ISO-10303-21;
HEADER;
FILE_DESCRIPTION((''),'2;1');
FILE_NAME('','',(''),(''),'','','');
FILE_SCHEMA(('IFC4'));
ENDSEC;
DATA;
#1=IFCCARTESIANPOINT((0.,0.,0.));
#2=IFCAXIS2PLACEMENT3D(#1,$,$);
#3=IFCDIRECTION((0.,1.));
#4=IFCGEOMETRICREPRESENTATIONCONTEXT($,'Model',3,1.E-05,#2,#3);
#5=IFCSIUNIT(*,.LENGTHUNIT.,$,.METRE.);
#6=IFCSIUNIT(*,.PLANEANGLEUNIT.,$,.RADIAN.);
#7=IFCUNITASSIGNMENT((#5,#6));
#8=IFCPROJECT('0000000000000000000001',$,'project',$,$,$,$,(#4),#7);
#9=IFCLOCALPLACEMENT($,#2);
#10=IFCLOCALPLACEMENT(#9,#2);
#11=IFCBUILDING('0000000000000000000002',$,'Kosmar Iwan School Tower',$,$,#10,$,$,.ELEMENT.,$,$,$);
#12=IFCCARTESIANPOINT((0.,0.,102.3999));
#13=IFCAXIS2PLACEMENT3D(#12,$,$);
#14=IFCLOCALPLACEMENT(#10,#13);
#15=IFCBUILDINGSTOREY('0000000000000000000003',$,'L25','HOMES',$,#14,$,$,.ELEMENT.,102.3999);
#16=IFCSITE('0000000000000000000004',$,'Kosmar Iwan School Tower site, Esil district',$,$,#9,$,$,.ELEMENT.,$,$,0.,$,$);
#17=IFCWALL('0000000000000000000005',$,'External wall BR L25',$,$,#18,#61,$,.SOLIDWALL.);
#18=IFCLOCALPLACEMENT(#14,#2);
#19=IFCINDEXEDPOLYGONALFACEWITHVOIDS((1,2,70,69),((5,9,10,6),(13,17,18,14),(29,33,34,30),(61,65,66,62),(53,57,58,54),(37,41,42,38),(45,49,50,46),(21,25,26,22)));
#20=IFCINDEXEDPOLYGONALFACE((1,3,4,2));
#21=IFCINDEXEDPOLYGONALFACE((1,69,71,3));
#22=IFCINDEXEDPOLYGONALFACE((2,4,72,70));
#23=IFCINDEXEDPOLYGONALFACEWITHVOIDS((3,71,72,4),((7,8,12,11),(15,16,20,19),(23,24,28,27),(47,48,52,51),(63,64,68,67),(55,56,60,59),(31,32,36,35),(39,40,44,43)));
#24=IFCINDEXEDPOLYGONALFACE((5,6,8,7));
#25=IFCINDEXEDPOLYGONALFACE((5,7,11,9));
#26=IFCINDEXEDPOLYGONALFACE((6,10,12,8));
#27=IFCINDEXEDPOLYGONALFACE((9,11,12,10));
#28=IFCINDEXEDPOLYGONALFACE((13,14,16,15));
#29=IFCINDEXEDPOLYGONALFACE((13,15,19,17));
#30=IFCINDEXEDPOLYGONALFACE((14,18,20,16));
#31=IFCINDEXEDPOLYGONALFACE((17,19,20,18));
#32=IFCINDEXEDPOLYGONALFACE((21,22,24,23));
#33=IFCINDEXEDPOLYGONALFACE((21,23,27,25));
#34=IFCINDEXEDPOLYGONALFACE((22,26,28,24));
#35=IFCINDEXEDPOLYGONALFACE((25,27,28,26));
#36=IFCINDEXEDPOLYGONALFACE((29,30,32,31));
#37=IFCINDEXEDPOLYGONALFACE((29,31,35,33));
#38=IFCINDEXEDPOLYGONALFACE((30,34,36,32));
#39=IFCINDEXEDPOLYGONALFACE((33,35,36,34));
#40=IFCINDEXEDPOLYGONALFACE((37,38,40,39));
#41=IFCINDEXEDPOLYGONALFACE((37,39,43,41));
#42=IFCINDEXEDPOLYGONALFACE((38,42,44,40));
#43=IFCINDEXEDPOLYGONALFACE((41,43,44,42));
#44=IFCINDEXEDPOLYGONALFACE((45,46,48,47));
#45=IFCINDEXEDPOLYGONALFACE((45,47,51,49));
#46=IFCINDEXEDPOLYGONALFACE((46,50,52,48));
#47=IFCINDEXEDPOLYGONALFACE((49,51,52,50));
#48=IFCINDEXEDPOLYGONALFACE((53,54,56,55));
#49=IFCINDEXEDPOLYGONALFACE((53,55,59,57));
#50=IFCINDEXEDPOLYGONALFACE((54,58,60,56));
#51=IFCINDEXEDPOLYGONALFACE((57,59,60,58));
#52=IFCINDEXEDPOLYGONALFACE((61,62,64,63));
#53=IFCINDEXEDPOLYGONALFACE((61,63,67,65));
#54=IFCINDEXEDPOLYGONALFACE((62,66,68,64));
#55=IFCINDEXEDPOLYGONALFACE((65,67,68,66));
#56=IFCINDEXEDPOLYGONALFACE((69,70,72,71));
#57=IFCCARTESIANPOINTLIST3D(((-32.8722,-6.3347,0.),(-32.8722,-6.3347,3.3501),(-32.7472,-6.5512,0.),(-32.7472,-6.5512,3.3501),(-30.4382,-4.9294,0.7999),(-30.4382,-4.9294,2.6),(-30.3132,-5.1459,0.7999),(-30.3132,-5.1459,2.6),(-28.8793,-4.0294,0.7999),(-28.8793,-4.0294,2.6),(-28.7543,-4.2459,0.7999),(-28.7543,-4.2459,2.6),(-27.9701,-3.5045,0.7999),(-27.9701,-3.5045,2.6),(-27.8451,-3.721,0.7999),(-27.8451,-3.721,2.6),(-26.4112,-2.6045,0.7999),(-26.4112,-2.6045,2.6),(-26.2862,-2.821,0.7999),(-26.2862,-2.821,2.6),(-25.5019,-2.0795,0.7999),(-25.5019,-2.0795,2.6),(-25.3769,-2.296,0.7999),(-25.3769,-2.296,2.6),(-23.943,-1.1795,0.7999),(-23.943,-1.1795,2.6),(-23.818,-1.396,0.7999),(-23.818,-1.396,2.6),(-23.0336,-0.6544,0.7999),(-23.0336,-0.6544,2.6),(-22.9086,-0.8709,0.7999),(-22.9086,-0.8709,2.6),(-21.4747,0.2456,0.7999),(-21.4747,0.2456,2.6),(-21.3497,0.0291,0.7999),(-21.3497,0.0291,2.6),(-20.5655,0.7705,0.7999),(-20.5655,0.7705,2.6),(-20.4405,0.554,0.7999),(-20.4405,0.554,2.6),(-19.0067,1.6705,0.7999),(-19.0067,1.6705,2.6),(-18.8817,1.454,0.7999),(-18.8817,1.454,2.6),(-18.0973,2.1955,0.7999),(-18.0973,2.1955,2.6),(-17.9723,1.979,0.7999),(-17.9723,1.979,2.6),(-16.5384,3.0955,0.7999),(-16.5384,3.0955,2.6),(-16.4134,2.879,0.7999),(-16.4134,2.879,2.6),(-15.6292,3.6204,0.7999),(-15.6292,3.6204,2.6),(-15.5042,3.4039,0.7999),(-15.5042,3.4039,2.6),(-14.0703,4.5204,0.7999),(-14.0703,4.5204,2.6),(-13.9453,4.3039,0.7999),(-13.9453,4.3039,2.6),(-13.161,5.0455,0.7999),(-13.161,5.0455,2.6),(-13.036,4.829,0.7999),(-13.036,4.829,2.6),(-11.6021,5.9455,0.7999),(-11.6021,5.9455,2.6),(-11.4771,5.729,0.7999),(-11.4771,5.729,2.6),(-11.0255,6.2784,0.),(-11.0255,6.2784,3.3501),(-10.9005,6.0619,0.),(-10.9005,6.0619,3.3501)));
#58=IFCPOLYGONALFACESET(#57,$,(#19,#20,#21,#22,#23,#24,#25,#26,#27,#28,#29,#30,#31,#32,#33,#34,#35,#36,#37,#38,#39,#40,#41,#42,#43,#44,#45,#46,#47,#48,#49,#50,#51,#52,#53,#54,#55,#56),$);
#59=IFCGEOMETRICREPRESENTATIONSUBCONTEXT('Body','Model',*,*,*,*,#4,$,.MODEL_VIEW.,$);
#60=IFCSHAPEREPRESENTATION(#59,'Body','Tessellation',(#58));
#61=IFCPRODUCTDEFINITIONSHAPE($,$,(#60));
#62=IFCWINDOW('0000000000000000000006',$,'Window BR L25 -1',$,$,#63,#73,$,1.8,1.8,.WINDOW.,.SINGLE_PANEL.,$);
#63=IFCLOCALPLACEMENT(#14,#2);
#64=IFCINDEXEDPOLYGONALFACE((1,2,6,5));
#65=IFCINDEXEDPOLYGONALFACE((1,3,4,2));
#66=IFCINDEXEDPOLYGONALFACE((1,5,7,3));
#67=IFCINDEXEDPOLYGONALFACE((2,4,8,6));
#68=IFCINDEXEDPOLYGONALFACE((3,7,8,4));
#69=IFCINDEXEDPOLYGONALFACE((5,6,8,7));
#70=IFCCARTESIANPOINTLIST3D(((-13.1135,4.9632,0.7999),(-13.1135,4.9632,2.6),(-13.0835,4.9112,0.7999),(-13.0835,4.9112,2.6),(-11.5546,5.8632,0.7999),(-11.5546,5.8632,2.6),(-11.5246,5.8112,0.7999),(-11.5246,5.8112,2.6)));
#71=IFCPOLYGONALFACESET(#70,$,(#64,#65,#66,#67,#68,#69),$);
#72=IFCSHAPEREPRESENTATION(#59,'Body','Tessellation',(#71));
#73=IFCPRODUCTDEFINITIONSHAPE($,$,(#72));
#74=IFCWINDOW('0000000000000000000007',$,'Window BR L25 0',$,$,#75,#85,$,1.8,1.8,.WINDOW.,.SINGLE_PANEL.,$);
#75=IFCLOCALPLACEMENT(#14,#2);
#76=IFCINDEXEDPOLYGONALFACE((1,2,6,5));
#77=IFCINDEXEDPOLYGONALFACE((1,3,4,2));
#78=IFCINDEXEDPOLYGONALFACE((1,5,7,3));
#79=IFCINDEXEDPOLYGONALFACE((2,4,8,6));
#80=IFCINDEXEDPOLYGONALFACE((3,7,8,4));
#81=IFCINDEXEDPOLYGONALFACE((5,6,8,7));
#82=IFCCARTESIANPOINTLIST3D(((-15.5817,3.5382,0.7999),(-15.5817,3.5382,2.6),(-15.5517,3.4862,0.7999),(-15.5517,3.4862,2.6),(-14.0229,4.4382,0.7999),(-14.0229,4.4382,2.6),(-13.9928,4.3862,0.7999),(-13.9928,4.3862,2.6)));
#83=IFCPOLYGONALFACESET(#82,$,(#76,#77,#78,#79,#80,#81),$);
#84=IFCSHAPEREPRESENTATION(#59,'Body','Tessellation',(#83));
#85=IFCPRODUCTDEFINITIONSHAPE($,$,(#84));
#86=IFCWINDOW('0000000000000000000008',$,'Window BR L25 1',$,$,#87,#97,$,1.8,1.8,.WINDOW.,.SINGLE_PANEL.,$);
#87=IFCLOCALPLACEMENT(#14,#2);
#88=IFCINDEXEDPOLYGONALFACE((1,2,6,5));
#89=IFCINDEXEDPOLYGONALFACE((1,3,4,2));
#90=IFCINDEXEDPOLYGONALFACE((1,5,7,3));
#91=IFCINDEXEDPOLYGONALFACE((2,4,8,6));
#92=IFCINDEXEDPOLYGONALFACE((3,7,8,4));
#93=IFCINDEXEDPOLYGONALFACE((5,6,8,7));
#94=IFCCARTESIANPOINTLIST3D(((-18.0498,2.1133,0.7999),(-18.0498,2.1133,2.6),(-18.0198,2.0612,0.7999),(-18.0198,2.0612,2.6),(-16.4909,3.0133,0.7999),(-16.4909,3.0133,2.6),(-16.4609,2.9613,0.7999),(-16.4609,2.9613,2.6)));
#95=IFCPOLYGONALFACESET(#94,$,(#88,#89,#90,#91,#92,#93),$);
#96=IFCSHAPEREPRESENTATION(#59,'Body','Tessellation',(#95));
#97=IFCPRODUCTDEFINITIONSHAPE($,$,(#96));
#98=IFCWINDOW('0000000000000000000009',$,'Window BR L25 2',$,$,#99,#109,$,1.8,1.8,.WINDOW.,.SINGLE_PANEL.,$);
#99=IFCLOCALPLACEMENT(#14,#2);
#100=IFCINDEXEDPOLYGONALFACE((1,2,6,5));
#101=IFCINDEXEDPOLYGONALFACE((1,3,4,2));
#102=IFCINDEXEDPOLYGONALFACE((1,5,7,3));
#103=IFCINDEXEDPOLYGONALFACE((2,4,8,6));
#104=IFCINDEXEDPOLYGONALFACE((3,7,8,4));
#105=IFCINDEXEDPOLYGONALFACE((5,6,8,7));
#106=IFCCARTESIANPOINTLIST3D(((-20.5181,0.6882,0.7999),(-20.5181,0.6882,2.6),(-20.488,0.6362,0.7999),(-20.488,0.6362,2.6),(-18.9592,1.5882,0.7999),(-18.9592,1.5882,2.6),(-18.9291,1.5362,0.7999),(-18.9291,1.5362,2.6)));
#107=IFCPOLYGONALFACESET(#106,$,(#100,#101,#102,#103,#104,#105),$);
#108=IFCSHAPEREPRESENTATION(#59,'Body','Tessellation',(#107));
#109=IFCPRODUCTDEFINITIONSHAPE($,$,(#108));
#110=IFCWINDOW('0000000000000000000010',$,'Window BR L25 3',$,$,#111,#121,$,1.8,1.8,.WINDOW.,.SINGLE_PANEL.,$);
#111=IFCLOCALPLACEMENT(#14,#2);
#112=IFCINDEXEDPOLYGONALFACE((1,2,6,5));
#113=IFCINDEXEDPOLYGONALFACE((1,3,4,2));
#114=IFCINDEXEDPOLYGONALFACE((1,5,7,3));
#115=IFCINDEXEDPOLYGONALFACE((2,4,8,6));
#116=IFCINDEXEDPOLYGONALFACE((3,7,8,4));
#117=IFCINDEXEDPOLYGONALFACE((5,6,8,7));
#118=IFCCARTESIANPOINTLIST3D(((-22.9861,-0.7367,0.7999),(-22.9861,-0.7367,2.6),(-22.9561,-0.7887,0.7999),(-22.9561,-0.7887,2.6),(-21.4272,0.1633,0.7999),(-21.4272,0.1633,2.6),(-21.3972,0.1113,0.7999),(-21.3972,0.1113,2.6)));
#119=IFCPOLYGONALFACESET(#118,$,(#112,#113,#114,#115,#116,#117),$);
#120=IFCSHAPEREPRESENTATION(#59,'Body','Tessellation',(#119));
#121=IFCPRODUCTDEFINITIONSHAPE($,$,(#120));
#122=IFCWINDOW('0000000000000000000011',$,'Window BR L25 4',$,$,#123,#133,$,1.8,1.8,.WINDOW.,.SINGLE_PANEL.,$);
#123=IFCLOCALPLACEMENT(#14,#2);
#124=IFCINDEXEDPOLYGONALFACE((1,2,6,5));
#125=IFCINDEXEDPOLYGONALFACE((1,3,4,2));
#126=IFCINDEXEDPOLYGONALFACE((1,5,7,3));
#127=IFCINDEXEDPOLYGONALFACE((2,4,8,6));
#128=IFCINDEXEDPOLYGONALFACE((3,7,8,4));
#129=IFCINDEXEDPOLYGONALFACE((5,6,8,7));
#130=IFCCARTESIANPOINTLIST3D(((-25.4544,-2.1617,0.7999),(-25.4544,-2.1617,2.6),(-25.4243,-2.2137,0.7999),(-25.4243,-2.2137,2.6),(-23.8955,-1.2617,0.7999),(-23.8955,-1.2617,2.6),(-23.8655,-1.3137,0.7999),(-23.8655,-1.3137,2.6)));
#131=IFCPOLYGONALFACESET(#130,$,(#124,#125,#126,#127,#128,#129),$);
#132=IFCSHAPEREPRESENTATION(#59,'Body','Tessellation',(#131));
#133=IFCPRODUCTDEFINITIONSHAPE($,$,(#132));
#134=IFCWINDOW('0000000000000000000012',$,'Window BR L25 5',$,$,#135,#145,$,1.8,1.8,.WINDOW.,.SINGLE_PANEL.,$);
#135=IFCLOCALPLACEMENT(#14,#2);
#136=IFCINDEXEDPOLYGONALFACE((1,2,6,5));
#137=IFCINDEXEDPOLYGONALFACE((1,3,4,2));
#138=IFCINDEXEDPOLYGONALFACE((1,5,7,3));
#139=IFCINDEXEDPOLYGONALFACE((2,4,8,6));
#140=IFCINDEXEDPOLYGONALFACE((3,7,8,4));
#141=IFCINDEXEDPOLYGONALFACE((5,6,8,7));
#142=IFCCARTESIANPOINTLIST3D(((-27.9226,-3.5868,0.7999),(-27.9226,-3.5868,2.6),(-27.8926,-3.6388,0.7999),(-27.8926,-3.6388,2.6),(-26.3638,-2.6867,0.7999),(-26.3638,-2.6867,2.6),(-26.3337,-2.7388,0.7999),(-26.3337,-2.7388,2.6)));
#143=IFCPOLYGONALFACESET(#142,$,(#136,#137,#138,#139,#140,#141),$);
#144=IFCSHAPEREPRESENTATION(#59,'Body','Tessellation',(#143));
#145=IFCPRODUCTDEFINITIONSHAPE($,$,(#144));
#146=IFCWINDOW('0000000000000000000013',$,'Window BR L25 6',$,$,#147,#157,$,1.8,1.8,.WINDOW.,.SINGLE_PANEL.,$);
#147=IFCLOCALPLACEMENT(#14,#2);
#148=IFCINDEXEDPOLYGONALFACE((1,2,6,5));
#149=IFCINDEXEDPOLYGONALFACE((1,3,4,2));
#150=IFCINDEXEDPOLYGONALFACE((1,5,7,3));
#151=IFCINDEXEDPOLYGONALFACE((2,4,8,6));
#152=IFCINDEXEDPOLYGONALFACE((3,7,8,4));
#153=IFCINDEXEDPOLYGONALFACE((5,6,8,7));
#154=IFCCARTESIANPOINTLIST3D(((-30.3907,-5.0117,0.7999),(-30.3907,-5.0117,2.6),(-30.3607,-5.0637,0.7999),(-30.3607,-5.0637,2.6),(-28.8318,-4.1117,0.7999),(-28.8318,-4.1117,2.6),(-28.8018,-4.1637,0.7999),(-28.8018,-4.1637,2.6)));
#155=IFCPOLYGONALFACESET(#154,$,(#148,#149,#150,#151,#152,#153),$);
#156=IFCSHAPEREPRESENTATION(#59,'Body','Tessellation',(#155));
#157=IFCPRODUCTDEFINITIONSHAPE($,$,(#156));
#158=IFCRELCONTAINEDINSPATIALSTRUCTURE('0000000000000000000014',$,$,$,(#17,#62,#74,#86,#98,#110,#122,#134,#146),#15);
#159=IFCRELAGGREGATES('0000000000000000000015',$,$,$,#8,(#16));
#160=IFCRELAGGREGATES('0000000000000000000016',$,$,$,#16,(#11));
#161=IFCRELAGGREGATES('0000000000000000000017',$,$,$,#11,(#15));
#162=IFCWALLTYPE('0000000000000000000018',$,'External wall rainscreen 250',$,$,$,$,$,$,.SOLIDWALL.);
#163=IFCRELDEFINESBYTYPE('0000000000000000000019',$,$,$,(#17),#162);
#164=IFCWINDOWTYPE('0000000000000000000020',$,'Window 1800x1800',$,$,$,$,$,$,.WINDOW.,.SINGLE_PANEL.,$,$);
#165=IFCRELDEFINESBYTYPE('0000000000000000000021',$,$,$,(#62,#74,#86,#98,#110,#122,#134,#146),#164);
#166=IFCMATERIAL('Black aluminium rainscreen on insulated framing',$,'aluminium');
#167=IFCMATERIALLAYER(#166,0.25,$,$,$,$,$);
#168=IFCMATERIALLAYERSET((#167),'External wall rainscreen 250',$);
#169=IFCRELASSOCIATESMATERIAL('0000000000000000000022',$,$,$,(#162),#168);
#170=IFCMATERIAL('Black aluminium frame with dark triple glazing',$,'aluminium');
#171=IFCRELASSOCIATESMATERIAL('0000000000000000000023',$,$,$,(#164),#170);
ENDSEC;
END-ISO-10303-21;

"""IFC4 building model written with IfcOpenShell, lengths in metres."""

from ifc_helpers import new_model, si_unit, direction, frame, frame_2d, origin, place, context, subcontext, project, spatial, rectangle, extrude, material, layer, layer_set, type_object, element, fill, save


model = new_model("IFC4")

# Units and contexts
model_context = context("Model", 3, precision=1e-05, world=origin(), true_north=direction((0.0, 1.0)))
body_context = subcontext(model_context, "Body", "Model", "MODEL_VIEW")
ifc_project = project(units=[si_unit("LENGTHUNIT", "METRE"), si_unit("PLANEANGLEUNIT", "RADIAN")], contexts=[model_context])

# Site, building, storey
site_placement = place(None, origin())
site = spatial("IfcSite", under=ifc_project, at=site_placement, Name="Kosmar Iwan School Tower site, Esil district", CompositionType="ELEMENT", RefElevation=0.0)
building_placement = place(site_placement, origin())
building = spatial("IfcBuilding", under=site, at=building_placement, Name="Kosmar Iwan School Tower", CompositionType="ELEMENT")
storey_placement = place(building_placement, frame((0.0, 0.0, 102.3999)))
storey = spatial("IfcBuildingStorey", under=building, at=storey_placement, Name="L25", Description="HOMES", CompositionType="ELEMENT", Elevation=102.3999)

# Wall, openings, windows
ifc_material_1 = material(Name="Black aluminium rainscreen on insulated framing", Category="aluminium")
ifc_layer = layer(ifc_material_1, 0.25)
ifc_layer_set = layer_set([ifc_layer], Name="External wall rainscreen 250")
wall_type = type_object("IfcWallType", Name="External wall rainscreen 250", PredefinedType="SOLIDWALL", material=ifc_layer_set)
ifc_material_2 = material(Name="Black aluminium frame with dark triple glazing", Category="aluminium")
window_type = type_object("IfcWindowType", Name="Window 1800x1800", PartitioningType="SINGLE_PANEL", PredefinedType="WINDOW", material=ifc_material_2)
wall_1_placement = place(storey_placement, frame((-10.9629, 6.1702, 0.0), z_axis=(0.0, 0.0, 1.0), x_axis=(-0.866028, -0.499996, 0.0)))
wall_1 = element("IfcWall", 1, at=wall_1_placement, inside=storey, type_object=wall_type, Name="External wall BR L25", PredefinedType="SOLIDWALL", context=body_context, shape_type="SweptSolid", body=[
    extrude(rectangle(XDim=25.2263, YDim=0.25, at=frame_2d((12.6133, 0.0))), origin(), (0.0, 0.0, 1.0), 3.3501),
])
opening_1_placement = place(wall_1_placement, frame((0.666, 0.0, 0.8)))
opening_1 = element("IfcOpeningElement", 2, at=opening_1_placement, cuts=wall_1, PredefinedType="OPENING", context=body_context, shape_type="SweptSolid", body=[
    extrude(rectangle(XDim=1.8, YDim=1.8, at=frame_2d((0.8999, 0.8999))), frame((0.0, 0.137, 0.0), z_axis=(0.0, -1.0, 0.0), x_axis=(1.0, 0.0, 0.0)), (0.0, 0.0, 1.0), 0.2739),
])
opening_2_placement = place(wall_1_placement, frame((3.5161, 0.0, 0.8)))
opening_2 = element("IfcOpeningElement", 3, at=opening_2_placement, cuts=wall_1, PredefinedType="OPENING", context=body_context, shape_type="SweptSolid", body=[
    extrude(rectangle(XDim=1.8, YDim=1.8, at=frame_2d((0.8999, 0.8999))), frame((0.0, 0.137, 0.0), z_axis=(0.0, -1.0, 0.0), x_axis=(1.0, 0.0, 0.0)), (0.0, 0.0, 1.0), 0.2739),
])
opening_3_placement = place(wall_1_placement, frame((6.366, 0.0, 0.8)))
opening_3 = element("IfcOpeningElement", 4, at=opening_3_placement, cuts=wall_1, PredefinedType="OPENING", context=body_context, shape_type="SweptSolid", body=[
    extrude(rectangle(XDim=1.8, YDim=1.8, at=frame_2d((0.8999, 0.8999))), frame((0.0, 0.137, 0.0), z_axis=(0.0, -1.0, 0.0), x_axis=(1.0, 0.0, 0.0)), (0.0, 0.0, 1.0), 0.2739),
])
opening_4_placement = place(wall_1_placement, frame((9.2161, 0.0, 0.8)))
opening_4 = element("IfcOpeningElement", 5, at=opening_4_placement, cuts=wall_1, PredefinedType="OPENING", context=body_context, shape_type="SweptSolid", body=[
    extrude(rectangle(XDim=1.8, YDim=1.8, at=frame_2d((0.8999, 0.8999))), frame((0.0, 0.137, 0.0), z_axis=(0.0, -1.0, 0.0), x_axis=(1.0, 0.0, 0.0)), (0.0, 0.0, 1.0), 0.2739),
])
opening_5_placement = place(wall_1_placement, frame((12.0659, 0.0, 0.8)))
opening_5 = element("IfcOpeningElement", 6, at=opening_5_placement, cuts=wall_1, PredefinedType="OPENING", context=body_context, shape_type="SweptSolid", body=[
    extrude(rectangle(XDim=1.8, YDim=1.8, at=frame_2d((0.8999, 0.8999))), frame((0.0, 0.137, 0.0), z_axis=(0.0, -1.0, 0.0), x_axis=(1.0, 0.0, 0.0)), (0.0, 0.0, 1.0), 0.2739),
])
opening_6_placement = place(wall_1_placement, frame((14.916, 0.0, 0.8)))
opening_6 = element("IfcOpeningElement", 7, at=opening_6_placement, cuts=wall_1, PredefinedType="OPENING", context=body_context, shape_type="SweptSolid", body=[
    extrude(rectangle(XDim=1.8, YDim=1.8, at=frame_2d((0.8999, 0.8999))), frame((0.0, 0.137, 0.0), z_axis=(0.0, -1.0, 0.0), x_axis=(1.0, 0.0, 0.0)), (0.0, 0.0, 1.0), 0.2739),
])
opening_7_placement = place(wall_1_placement, frame((17.7661, 0.0, 0.8)))
opening_7 = element("IfcOpeningElement", 8, at=opening_7_placement, cuts=wall_1, PredefinedType="OPENING", context=body_context, shape_type="SweptSolid", body=[
    extrude(rectangle(XDim=1.8, YDim=1.8, at=frame_2d((0.8999, 0.8999))), frame((0.0, 0.137, 0.0), z_axis=(0.0, -1.0, 0.0), x_axis=(1.0, 0.0, 0.0)), (0.0, 0.0, 1.0), 0.2739),
])
opening_8_placement = place(wall_1_placement, frame((20.616, 0.0, 0.8)))
opening_8 = element("IfcOpeningElement", 9, at=opening_8_placement, cuts=wall_1, PredefinedType="OPENING", context=body_context, shape_type="SweptSolid", body=[
    extrude(rectangle(XDim=1.8, YDim=1.8, at=frame_2d((0.8999, 0.8999))), frame((0.0, 0.137, 0.0), z_axis=(0.0, -1.0, 0.0), x_axis=(1.0, 0.0, 0.0)), (0.0, 0.0, 1.0), 0.2739),
])
window_1_placement = place(opening_1_placement, origin())
window_1 = element("IfcWindow", 10, at=window_1_placement, inside=storey, type_object=window_type, Name="Window BR L25 -1", OverallHeight=1.8, OverallWidth=1.8, PartitioningType="SINGLE_PANEL", PredefinedType="WINDOW", context=body_context, shape_type="SweptSolid", body=[
    extrude(rectangle(XDim=1.8, YDim=1.8, at=frame_2d((0.8999, 0.8999))), frame((0.0, 0.03, 0.0), z_axis=(0.0, -1.0, 0.0), x_axis=(1.0, 0.0, 0.0)), (0.0, 0.0, 1.0), 0.0601),
])
fill(opening_1, window_1)
window_2_placement = place(opening_2_placement, origin())
window_2 = element("IfcWindow", 11, at=window_2_placement, inside=storey, type_object=window_type, Name="Window BR L25 0", OverallHeight=1.8, OverallWidth=1.8, PartitioningType="SINGLE_PANEL", PredefinedType="WINDOW", context=body_context, shape_type="SweptSolid", body=[
    extrude(rectangle(XDim=1.8, YDim=1.8, at=frame_2d((0.8999, 0.8999))), frame((0.0, 0.03, 0.0), z_axis=(0.0, -1.0, 0.0), x_axis=(1.0, 0.0, 0.0)), (0.0, 0.0, 1.0), 0.0601),
])
fill(opening_2, window_2)
window_3_placement = place(opening_3_placement, origin())
window_3 = element("IfcWindow", 12, at=window_3_placement, inside=storey, type_object=window_type, Name="Window BR L25 1", OverallHeight=1.8, OverallWidth=1.8, PartitioningType="SINGLE_PANEL", PredefinedType="WINDOW", context=body_context, shape_type="SweptSolid", body=[
    extrude(rectangle(XDim=1.8, YDim=1.8, at=frame_2d((0.8999, 0.8999))), frame((0.0, 0.03, 0.0), z_axis=(0.0, -1.0, 0.0), x_axis=(1.0, 0.0, 0.0)), (0.0, 0.0, 1.0), 0.0601),
])
fill(opening_3, window_3)
window_4_placement = place(opening_4_placement, origin())
window_4 = element("IfcWindow", 13, at=window_4_placement, inside=storey, type_object=window_type, Name="Window BR L25 2", OverallHeight=1.8, OverallWidth=1.8, PartitioningType="SINGLE_PANEL", PredefinedType="WINDOW", context=body_context, shape_type="SweptSolid", body=[
    extrude(rectangle(XDim=1.8, YDim=1.8, at=frame_2d((0.8999, 0.8999))), frame((0.0, 0.03, 0.0), z_axis=(0.0, -1.0, 0.0), x_axis=(1.0, 0.0, 0.0)), (0.0, 0.0, 1.0), 0.0601),
])
fill(opening_4, window_4)
window_5_placement = place(opening_5_placement, origin())
window_5 = element("IfcWindow", 14, at=window_5_placement, inside=storey, type_object=window_type, Name="Window BR L25 3", OverallHeight=1.8, OverallWidth=1.8, PartitioningType="SINGLE_PANEL", PredefinedType="WINDOW", context=body_context, shape_type="SweptSolid", body=[
    extrude(rectangle(XDim=1.8, YDim=1.8, at=frame_2d((0.8999, 0.8999))), frame((0.0, 0.03, 0.0), z_axis=(0.0, -1.0, 0.0), x_axis=(1.0, 0.0, 0.0)), (0.0, 0.0, 1.0), 0.0601),
])
fill(opening_5, window_5)
window_6_placement = place(opening_6_placement, origin())
window_6 = element("IfcWindow", 15, at=window_6_placement, inside=storey, type_object=window_type, Name="Window BR L25 4", OverallHeight=1.8, OverallWidth=1.8, PartitioningType="SINGLE_PANEL", PredefinedType="WINDOW", context=body_context, shape_type="SweptSolid", body=[
    extrude(rectangle(XDim=1.8, YDim=1.8, at=frame_2d((0.8999, 0.8999))), frame((0.0, 0.03, 0.0), z_axis=(0.0, -1.0, 0.0), x_axis=(1.0, 0.0, 0.0)), (0.0, 0.0, 1.0), 0.0601),
])
fill(opening_6, window_6)
window_7_placement = place(opening_7_placement, origin())
window_7 = element("IfcWindow", 16, at=window_7_placement, inside=storey, type_object=window_type, Name="Window BR L25 5", OverallHeight=1.8, OverallWidth=1.8, PartitioningType="SINGLE_PANEL", PredefinedType="WINDOW", context=body_context, shape_type="SweptSolid", body=[
    extrude(rectangle(XDim=1.8, YDim=1.8, at=frame_2d((0.8999, 0.8999))), frame((0.0, 0.03, 0.0), z_axis=(0.0, -1.0, 0.0), x_axis=(1.0, 0.0, 0.0)), (0.0, 0.0, 1.0), 0.0601),
])
fill(opening_7, window_7)
window_8_placement = place(opening_8_placement, origin())
window_8 = element("IfcWindow", 17, at=window_8_placement, inside=storey, type_object=window_type, Name="Window BR L25 6", OverallHeight=1.8, OverallWidth=1.8, PartitioningType="SINGLE_PANEL", PredefinedType="WINDOW", context=body_context, shape_type="SweptSolid", body=[
    extrude(rectangle(XDim=1.8, YDim=1.8, at=frame_2d((0.8999, 0.8999))), frame((0.0, 0.03, 0.0), z_axis=(0.0, -1.0, 0.0), x_axis=(1.0, 0.0, 0.0)), (0.0, 0.0, 1.0), 0.0601),
])
fill(opening_8, window_8)

save(model, "model.ifc")
